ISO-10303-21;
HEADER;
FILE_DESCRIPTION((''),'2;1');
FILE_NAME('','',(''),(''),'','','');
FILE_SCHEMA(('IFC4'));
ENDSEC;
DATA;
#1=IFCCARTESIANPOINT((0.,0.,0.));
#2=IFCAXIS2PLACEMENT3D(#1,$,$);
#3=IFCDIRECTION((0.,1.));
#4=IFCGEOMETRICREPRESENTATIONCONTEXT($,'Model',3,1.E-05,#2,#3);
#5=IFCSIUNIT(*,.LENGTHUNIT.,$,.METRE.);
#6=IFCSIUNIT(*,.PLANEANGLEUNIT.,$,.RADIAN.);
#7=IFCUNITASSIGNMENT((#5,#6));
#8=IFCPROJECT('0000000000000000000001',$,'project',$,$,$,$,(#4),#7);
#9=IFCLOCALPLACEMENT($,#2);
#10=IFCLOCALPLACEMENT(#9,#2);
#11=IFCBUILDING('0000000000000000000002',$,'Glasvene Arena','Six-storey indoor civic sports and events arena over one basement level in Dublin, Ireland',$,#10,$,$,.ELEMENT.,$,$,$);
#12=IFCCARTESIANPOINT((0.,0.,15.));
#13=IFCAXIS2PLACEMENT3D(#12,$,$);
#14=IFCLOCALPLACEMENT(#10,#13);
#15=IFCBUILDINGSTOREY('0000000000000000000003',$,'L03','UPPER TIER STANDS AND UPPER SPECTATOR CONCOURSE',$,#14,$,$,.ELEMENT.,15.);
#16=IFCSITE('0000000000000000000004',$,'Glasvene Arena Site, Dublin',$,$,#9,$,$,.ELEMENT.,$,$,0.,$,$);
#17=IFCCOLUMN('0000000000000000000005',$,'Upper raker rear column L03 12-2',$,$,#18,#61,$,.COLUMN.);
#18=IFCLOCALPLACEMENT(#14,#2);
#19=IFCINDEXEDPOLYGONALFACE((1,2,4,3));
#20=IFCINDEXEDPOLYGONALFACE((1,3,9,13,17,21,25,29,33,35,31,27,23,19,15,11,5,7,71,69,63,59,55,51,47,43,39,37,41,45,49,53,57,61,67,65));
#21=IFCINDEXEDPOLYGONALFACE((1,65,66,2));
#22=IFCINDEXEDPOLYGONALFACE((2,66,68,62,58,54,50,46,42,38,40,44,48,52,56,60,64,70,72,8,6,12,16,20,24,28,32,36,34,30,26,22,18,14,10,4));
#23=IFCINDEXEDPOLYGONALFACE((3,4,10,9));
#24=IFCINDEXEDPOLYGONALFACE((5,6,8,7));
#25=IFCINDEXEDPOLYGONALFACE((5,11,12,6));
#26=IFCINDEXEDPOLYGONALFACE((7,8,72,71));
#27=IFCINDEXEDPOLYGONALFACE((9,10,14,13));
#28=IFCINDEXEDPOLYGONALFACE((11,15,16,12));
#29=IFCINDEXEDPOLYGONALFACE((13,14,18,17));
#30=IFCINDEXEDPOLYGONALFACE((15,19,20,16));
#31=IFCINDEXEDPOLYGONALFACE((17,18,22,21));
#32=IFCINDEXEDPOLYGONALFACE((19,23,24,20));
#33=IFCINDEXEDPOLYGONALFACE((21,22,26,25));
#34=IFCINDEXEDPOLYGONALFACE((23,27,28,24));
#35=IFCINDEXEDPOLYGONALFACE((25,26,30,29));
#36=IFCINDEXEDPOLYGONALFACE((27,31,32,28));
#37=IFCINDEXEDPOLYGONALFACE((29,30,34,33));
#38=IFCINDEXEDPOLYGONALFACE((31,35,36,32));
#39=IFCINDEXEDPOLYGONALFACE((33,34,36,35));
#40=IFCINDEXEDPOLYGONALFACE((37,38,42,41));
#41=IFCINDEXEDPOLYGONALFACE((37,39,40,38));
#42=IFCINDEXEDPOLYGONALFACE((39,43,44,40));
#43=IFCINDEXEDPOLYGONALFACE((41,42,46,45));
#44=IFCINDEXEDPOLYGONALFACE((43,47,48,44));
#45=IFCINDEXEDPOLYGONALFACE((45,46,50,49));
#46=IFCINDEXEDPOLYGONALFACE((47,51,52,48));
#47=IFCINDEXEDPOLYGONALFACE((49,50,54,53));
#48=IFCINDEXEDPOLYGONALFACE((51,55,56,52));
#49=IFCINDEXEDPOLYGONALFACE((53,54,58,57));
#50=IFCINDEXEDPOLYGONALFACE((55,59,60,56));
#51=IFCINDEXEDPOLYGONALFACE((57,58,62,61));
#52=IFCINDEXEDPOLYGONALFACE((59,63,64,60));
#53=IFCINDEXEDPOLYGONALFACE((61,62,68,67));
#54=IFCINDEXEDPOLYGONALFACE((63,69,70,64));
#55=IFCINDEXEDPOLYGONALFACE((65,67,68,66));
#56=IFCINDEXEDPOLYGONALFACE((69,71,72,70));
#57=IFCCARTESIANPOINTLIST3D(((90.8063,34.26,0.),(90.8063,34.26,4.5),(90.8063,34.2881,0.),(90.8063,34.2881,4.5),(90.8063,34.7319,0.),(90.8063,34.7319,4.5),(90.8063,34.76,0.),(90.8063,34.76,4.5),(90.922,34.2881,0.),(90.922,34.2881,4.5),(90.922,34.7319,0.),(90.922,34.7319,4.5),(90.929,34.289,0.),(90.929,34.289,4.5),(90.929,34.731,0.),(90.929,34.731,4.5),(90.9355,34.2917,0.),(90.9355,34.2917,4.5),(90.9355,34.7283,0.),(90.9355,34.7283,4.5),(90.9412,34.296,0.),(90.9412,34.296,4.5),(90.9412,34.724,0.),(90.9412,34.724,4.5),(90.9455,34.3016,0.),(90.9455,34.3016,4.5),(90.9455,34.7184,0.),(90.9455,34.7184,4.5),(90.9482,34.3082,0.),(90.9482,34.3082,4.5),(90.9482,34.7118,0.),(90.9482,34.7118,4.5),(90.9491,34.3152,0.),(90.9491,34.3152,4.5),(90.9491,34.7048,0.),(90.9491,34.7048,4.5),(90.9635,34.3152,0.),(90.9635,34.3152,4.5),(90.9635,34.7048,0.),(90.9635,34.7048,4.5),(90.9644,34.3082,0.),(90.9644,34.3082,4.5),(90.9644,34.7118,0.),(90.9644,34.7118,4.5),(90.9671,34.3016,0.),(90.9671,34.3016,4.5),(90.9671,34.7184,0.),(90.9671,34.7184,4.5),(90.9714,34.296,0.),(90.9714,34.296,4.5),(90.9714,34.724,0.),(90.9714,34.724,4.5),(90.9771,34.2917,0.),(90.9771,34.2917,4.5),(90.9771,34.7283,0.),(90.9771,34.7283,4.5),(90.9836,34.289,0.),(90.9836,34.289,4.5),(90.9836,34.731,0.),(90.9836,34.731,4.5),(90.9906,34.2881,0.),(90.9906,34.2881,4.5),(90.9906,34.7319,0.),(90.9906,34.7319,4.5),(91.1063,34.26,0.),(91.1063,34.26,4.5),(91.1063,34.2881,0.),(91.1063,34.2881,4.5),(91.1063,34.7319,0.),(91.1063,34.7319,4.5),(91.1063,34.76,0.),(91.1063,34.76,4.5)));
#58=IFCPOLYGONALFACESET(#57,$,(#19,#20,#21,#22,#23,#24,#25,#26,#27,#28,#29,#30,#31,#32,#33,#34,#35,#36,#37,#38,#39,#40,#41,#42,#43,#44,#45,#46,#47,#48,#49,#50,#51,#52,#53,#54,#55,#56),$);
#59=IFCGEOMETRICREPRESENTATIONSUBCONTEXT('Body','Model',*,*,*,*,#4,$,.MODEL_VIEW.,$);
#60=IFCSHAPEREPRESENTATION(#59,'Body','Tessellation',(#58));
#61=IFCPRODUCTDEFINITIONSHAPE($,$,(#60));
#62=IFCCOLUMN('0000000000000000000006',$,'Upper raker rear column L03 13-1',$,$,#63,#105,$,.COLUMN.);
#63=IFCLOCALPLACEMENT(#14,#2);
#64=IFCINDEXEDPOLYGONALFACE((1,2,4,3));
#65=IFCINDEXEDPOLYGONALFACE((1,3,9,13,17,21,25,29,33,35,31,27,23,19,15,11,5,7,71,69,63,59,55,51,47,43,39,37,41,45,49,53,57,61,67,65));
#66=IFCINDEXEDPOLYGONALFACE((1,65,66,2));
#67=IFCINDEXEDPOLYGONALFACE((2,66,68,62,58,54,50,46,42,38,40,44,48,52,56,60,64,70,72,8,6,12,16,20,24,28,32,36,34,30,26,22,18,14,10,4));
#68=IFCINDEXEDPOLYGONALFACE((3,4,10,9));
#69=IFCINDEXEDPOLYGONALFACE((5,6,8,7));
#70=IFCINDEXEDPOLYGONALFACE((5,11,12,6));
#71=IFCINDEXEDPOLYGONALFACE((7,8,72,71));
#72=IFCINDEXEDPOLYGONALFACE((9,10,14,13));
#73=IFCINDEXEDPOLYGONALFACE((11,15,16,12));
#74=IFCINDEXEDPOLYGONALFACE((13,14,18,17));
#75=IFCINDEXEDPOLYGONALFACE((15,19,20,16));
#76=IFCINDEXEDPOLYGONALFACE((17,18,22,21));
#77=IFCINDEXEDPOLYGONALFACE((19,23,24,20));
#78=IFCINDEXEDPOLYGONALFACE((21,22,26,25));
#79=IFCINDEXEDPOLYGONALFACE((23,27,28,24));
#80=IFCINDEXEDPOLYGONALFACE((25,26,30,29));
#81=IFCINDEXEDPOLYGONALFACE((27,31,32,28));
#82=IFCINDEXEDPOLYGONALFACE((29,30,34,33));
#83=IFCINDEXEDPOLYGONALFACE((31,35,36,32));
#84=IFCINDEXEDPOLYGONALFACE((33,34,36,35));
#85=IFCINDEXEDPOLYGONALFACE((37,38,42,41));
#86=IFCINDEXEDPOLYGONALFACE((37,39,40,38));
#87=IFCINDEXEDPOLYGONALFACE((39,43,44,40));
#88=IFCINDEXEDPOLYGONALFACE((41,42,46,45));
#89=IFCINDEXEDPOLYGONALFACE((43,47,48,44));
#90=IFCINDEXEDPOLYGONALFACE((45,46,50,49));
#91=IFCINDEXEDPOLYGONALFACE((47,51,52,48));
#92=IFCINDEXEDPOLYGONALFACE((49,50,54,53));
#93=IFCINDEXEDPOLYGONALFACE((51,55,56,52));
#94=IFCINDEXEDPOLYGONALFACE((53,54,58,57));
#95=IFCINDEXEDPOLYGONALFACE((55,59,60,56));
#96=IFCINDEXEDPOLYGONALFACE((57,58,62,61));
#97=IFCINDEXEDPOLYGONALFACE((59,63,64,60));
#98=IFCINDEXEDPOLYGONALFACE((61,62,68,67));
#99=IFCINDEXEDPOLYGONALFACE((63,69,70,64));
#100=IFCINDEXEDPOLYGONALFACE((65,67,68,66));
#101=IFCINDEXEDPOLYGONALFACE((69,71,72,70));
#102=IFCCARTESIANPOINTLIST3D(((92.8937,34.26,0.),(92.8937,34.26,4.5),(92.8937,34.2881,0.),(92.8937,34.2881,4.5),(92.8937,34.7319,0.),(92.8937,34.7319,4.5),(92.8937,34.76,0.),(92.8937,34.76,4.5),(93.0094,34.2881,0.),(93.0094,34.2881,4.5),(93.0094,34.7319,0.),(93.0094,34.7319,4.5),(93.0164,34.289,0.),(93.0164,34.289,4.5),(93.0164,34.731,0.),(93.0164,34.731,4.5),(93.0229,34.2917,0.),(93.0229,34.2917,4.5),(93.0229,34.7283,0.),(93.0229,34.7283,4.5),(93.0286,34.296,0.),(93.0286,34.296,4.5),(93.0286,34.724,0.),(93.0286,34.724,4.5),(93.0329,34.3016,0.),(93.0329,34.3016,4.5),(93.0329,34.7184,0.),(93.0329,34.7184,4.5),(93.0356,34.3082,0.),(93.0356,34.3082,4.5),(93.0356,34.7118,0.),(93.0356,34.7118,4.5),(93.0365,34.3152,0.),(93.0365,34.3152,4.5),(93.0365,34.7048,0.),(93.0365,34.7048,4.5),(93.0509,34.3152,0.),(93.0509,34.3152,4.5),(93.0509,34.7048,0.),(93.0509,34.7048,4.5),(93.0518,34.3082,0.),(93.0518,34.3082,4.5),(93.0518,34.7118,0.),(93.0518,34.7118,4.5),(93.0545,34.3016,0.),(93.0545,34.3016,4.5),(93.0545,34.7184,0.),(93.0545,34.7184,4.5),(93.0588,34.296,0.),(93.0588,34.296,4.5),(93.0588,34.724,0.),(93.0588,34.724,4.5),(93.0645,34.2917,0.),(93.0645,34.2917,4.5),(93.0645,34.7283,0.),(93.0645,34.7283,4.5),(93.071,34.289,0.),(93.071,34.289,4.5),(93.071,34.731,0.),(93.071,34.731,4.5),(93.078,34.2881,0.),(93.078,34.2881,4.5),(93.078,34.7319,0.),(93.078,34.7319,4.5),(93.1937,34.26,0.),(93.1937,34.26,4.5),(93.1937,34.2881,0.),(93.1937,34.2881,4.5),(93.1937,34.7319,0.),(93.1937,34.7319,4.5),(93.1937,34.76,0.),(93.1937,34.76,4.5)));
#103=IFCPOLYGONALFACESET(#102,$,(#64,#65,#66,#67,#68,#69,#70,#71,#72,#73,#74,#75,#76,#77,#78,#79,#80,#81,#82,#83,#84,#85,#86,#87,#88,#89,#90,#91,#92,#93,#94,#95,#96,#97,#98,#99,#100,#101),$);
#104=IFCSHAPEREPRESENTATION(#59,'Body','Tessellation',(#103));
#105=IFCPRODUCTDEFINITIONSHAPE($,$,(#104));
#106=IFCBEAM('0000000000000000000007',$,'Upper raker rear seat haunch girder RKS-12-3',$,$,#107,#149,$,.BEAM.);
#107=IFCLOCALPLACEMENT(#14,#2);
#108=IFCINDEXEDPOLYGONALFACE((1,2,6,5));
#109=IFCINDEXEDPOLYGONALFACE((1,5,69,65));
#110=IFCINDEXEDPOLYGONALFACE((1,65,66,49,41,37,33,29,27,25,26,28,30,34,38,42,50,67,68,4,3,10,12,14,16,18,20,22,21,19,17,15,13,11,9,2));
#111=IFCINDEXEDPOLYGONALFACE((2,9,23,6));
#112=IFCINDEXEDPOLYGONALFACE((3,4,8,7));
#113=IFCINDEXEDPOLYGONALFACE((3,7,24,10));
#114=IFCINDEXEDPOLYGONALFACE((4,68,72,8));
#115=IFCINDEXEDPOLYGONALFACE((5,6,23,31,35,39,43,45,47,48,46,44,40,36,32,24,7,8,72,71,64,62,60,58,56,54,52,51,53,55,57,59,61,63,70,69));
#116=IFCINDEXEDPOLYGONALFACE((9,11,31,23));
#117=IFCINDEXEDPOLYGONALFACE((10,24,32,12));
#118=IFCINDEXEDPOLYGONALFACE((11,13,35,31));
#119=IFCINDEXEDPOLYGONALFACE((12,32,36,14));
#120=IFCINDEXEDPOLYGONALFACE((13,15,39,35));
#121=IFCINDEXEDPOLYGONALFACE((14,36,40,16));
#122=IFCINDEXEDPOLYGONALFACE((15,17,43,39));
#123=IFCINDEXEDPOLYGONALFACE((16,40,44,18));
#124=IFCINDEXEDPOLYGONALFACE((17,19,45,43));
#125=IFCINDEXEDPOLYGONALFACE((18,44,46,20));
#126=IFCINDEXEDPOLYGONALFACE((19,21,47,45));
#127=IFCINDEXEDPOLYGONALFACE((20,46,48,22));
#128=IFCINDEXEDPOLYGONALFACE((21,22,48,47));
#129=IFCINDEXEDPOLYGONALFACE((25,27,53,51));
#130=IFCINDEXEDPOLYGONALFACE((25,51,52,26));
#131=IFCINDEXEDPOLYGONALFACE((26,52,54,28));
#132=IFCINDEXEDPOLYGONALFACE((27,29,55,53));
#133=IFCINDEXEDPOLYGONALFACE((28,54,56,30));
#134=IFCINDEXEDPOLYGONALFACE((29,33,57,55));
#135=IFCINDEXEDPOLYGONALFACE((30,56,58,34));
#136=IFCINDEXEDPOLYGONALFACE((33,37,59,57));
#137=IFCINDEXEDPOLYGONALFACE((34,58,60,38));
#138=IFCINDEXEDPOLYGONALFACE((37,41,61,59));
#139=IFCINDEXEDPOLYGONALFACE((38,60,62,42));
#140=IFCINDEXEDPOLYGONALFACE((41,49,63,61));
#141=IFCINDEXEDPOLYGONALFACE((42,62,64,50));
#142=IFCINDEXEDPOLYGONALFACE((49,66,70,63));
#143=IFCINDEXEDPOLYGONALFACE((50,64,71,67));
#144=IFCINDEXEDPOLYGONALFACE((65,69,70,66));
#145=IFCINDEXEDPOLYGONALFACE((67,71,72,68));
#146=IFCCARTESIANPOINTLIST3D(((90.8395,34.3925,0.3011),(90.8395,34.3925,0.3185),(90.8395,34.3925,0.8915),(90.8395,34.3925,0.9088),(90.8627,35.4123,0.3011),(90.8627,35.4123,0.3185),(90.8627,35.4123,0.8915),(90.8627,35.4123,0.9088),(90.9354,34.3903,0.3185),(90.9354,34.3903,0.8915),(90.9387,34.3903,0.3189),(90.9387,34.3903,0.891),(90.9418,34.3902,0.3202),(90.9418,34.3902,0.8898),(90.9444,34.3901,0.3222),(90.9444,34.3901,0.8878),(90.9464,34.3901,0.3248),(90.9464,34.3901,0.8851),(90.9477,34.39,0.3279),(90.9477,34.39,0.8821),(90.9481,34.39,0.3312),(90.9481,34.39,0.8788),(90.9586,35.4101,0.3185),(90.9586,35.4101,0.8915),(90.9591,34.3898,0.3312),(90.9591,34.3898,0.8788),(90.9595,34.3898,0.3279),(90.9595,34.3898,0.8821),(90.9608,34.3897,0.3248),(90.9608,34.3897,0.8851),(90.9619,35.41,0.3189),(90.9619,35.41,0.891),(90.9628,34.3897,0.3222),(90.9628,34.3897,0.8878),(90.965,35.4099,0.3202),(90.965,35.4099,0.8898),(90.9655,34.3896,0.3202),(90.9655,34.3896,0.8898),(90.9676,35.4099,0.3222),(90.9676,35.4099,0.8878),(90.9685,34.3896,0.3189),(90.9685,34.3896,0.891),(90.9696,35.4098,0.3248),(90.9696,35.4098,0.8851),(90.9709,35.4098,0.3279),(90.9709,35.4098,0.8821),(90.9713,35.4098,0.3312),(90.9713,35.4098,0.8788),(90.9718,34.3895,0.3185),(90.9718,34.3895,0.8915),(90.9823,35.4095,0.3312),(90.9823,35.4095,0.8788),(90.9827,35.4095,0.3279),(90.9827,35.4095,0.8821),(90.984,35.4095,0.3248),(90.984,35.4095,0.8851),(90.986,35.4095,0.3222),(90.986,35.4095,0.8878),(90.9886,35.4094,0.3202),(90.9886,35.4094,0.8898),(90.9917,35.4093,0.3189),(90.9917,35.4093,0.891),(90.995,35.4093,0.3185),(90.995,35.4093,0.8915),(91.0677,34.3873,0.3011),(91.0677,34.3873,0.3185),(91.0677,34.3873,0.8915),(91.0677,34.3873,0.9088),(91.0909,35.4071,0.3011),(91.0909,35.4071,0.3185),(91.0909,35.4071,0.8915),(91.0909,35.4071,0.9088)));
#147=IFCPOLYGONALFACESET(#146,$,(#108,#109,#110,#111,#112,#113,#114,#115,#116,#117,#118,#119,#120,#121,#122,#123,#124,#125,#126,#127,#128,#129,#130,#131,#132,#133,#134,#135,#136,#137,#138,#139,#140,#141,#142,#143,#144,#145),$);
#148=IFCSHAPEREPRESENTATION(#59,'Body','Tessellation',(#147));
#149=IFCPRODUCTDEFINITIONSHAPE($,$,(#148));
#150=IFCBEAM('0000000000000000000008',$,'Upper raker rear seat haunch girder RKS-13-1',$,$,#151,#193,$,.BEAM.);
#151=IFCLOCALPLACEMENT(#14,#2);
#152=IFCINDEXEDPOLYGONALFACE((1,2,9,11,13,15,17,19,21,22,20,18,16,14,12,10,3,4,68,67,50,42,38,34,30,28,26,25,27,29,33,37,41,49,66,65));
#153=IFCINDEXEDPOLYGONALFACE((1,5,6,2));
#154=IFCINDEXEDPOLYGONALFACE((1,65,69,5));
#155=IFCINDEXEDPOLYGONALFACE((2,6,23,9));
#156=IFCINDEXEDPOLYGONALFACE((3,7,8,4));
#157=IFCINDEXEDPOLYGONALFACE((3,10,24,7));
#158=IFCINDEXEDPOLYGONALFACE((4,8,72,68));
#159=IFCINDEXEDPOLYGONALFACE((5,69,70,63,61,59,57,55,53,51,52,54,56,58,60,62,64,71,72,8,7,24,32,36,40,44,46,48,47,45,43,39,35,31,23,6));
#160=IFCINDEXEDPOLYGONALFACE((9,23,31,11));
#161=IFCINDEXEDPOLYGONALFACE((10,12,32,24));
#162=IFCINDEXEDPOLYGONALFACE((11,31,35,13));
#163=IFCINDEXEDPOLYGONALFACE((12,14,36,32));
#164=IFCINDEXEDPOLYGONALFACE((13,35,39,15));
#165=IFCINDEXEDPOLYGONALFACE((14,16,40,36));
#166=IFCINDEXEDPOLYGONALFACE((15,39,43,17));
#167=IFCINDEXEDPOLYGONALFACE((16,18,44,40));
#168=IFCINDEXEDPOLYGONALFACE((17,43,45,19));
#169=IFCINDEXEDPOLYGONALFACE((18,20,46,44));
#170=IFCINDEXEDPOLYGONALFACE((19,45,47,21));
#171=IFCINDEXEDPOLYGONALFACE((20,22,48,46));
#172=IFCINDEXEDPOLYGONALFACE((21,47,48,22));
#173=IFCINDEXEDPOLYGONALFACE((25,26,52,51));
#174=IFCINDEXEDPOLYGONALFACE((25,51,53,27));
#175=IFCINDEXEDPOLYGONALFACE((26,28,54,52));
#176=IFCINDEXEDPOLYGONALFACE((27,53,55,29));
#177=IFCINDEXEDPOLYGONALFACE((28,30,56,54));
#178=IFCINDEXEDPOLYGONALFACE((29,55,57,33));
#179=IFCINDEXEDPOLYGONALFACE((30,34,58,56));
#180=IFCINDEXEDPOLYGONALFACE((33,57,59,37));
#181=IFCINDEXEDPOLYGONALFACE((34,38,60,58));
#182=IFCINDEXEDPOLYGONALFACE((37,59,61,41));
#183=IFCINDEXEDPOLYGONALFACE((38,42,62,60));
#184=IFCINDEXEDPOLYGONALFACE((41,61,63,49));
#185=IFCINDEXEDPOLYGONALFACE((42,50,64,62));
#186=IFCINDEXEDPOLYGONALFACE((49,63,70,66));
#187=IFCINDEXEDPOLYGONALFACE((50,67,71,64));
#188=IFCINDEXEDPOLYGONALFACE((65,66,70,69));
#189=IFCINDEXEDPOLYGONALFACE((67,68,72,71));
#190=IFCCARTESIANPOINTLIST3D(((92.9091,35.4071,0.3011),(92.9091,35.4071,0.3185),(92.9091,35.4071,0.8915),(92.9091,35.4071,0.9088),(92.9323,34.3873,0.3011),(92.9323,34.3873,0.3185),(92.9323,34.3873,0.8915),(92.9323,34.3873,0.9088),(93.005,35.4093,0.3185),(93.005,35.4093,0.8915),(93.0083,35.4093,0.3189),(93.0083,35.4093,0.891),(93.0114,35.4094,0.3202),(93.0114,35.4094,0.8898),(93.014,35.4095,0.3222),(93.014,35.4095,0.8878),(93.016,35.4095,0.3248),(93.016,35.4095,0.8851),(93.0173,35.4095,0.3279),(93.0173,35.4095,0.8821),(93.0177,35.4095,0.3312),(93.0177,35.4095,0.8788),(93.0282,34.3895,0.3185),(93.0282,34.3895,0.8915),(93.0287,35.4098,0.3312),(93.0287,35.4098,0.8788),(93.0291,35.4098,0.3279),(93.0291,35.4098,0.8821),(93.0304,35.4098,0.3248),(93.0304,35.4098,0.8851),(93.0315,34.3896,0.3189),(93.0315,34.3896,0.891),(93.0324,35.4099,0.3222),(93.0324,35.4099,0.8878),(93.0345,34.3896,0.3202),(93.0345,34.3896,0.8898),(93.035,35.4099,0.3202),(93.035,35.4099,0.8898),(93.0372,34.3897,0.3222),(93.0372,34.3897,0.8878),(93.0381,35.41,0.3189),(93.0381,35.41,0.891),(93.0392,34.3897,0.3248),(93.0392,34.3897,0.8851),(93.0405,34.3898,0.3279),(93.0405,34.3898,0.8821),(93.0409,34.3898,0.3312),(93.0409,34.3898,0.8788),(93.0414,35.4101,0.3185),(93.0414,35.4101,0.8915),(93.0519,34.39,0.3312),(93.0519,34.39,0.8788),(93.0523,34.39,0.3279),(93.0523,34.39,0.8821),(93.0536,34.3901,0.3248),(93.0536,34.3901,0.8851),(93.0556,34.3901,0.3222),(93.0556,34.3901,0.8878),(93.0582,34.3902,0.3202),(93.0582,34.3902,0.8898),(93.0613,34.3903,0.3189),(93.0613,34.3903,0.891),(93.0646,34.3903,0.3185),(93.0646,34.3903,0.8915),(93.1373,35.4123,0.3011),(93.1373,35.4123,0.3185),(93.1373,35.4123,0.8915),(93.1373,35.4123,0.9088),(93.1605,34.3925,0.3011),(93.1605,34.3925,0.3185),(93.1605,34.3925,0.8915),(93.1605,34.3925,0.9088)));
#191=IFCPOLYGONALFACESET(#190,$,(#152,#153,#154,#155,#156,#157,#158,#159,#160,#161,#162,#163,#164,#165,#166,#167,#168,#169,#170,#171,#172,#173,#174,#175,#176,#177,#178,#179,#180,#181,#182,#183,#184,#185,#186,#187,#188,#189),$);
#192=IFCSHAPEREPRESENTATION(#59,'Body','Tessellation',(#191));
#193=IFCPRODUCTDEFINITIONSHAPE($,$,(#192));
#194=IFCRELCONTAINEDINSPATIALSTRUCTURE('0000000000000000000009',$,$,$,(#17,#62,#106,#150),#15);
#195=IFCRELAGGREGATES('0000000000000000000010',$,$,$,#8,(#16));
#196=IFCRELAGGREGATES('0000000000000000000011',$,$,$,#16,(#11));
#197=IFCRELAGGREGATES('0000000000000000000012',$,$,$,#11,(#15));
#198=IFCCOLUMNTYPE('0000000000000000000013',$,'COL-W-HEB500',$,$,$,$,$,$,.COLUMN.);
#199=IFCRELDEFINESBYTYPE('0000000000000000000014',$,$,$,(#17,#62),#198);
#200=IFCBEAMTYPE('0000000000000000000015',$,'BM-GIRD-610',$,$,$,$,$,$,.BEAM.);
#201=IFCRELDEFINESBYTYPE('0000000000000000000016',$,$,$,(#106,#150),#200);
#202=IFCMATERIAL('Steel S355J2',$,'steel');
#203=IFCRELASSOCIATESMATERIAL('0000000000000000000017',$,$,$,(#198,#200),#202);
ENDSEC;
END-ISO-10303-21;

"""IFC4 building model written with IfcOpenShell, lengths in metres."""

from ifc_helpers import new_model, si_unit, direction, frame, origin, origin_2d, place, context, subcontext, project, spatial, i_section, extrude, material, material_profile, profile_set, type_object, element, save


model = new_model("IFC4")

# Units and contexts
model_context = context("Model", 3, precision=1e-05, world=origin(), true_north=direction((0.0, 1.0)))
body_context = subcontext(model_context, "Body", "Model", "MODEL_VIEW")
ifc_project = project(units=[si_unit("LENGTHUNIT", "METRE"), si_unit("PLANEANGLEUNIT", "RADIAN")], contexts=[model_context])

# Site, building, storey
site_placement = place(None, origin())
site = spatial("IfcSite", under=ifc_project, at=site_placement, Name="Glasvene Arena Site, Dublin", CompositionType="ELEMENT", RefElevation=0.0)
building_placement = place(site_placement, origin())
building = spatial("IfcBuilding", under=site, at=building_placement, Name="Glasvene Arena", Description="Six-storey indoor civic sports and events arena over one basement level in Dublin, Ireland", CompositionType="ELEMENT")
storey_placement = place(building_placement, frame((0.0, 0.0, 15.0)))
storey = spatial("IfcBuildingStorey", under=building, at=storey_placement, Name="L03", Description="UPPER TIER STANDS AND UPPER SPECTATOR CONCOURSE", CompositionType="ELEMENT", Elevation=15.0)

# Columns
ifc_material_1 = material(Name="Steel S355J2", Category="steel")
ifc_material_profile_1 = material_profile(ifc_material_1, i_section(OverallWidth=0.3, OverallDepth=0.5, WebThickness=0.0144, FlangeThickness=0.0281, FilletRadius=0.0271, at=origin_2d()), Name="HEB 500")
ifc_profile_set_1 = profile_set([ifc_material_profile_1], Name="Steel S355J2")
column_type = type_object("IfcColumnType", Name="COL-W-HEB500", PredefinedType="COLUMN", material=ifc_profile_set_1)
for number, where, z_axis, x_axis, name in (
    (1, (90.9563, 34.51, 0.0), (0.0, 0.0, 1.0), (1.0, 0.0, 0.0), "Upper raker rear column L03 12-2"),
    (2, (93.0437, 34.51, 0.0), (0.0, 0.0, 1.0), (1.0, 0.0, 0.0), "Upper raker rear column L03 13-1"),
):
    element("IfcColumn", number, at=place(storey_placement, frame(where, z_axis=z_axis, x_axis=x_axis)), inside=storey, type_object=column_type, Name=name, PredefinedType="COLUMN", context=body_context, shape_type="SweptSolid", body=[
        extrude(i_section(OverallWidth=0.3, OverallDepth=0.5, WebThickness=0.0144, FlangeThickness=0.0281, FilletRadius=0.0271, at=origin_2d()), origin(), (0.0, 0.0, 1.0), 4.5),
    ])

# Beams
ifc_material_profile_2 = material_profile(ifc_material_1, i_section(OverallWidth=0.2283, OverallDepth=0.6077, WebThickness=0.011, FlangeThickness=0.0173, FilletRadius=0.0127, at=origin_2d()), Name="UKB 610x229x113")
ifc_profile_set_2 = profile_set([ifc_material_profile_2], Name="Steel S355J2")
beam_type_1 = type_object("IfcBeamType", Name="BM-GIRD-610", PredefinedType="BEAM", material=ifc_profile_set_2)
for number, where, z_axis, x_axis, name in (
    (3, (90.9768, 35.4097, 0.605), (-0.022738, -0.999741, 0.0), (0.999741, -0.022738, 0.0), "Upper raker rear seat haunch girder RKS-12-3"),
    (4, (93.0232, 35.4097, 0.605), (0.022738, -0.999741, 0.0), (0.999741, 0.022738, 0.0), "Upper raker rear seat haunch girder RKS-13-1"),
):
    element("IfcBeam", number, at=place(storey_placement, frame(where, z_axis=z_axis, x_axis=x_axis)), inside=storey, type_object=beam_type_1, Name=name, PredefinedType="BEAM", context=body_context, shape_type="SweptSolid", body=[
        extrude(i_section(OverallWidth=0.2283, OverallDepth=0.6077, WebThickness=0.011, FlangeThickness=0.0173, FilletRadius=0.0127, at=origin_2d()), origin(), (0.0, 0.0, 1.0), 1.02),
    ])

save(model, "model.ifc")
